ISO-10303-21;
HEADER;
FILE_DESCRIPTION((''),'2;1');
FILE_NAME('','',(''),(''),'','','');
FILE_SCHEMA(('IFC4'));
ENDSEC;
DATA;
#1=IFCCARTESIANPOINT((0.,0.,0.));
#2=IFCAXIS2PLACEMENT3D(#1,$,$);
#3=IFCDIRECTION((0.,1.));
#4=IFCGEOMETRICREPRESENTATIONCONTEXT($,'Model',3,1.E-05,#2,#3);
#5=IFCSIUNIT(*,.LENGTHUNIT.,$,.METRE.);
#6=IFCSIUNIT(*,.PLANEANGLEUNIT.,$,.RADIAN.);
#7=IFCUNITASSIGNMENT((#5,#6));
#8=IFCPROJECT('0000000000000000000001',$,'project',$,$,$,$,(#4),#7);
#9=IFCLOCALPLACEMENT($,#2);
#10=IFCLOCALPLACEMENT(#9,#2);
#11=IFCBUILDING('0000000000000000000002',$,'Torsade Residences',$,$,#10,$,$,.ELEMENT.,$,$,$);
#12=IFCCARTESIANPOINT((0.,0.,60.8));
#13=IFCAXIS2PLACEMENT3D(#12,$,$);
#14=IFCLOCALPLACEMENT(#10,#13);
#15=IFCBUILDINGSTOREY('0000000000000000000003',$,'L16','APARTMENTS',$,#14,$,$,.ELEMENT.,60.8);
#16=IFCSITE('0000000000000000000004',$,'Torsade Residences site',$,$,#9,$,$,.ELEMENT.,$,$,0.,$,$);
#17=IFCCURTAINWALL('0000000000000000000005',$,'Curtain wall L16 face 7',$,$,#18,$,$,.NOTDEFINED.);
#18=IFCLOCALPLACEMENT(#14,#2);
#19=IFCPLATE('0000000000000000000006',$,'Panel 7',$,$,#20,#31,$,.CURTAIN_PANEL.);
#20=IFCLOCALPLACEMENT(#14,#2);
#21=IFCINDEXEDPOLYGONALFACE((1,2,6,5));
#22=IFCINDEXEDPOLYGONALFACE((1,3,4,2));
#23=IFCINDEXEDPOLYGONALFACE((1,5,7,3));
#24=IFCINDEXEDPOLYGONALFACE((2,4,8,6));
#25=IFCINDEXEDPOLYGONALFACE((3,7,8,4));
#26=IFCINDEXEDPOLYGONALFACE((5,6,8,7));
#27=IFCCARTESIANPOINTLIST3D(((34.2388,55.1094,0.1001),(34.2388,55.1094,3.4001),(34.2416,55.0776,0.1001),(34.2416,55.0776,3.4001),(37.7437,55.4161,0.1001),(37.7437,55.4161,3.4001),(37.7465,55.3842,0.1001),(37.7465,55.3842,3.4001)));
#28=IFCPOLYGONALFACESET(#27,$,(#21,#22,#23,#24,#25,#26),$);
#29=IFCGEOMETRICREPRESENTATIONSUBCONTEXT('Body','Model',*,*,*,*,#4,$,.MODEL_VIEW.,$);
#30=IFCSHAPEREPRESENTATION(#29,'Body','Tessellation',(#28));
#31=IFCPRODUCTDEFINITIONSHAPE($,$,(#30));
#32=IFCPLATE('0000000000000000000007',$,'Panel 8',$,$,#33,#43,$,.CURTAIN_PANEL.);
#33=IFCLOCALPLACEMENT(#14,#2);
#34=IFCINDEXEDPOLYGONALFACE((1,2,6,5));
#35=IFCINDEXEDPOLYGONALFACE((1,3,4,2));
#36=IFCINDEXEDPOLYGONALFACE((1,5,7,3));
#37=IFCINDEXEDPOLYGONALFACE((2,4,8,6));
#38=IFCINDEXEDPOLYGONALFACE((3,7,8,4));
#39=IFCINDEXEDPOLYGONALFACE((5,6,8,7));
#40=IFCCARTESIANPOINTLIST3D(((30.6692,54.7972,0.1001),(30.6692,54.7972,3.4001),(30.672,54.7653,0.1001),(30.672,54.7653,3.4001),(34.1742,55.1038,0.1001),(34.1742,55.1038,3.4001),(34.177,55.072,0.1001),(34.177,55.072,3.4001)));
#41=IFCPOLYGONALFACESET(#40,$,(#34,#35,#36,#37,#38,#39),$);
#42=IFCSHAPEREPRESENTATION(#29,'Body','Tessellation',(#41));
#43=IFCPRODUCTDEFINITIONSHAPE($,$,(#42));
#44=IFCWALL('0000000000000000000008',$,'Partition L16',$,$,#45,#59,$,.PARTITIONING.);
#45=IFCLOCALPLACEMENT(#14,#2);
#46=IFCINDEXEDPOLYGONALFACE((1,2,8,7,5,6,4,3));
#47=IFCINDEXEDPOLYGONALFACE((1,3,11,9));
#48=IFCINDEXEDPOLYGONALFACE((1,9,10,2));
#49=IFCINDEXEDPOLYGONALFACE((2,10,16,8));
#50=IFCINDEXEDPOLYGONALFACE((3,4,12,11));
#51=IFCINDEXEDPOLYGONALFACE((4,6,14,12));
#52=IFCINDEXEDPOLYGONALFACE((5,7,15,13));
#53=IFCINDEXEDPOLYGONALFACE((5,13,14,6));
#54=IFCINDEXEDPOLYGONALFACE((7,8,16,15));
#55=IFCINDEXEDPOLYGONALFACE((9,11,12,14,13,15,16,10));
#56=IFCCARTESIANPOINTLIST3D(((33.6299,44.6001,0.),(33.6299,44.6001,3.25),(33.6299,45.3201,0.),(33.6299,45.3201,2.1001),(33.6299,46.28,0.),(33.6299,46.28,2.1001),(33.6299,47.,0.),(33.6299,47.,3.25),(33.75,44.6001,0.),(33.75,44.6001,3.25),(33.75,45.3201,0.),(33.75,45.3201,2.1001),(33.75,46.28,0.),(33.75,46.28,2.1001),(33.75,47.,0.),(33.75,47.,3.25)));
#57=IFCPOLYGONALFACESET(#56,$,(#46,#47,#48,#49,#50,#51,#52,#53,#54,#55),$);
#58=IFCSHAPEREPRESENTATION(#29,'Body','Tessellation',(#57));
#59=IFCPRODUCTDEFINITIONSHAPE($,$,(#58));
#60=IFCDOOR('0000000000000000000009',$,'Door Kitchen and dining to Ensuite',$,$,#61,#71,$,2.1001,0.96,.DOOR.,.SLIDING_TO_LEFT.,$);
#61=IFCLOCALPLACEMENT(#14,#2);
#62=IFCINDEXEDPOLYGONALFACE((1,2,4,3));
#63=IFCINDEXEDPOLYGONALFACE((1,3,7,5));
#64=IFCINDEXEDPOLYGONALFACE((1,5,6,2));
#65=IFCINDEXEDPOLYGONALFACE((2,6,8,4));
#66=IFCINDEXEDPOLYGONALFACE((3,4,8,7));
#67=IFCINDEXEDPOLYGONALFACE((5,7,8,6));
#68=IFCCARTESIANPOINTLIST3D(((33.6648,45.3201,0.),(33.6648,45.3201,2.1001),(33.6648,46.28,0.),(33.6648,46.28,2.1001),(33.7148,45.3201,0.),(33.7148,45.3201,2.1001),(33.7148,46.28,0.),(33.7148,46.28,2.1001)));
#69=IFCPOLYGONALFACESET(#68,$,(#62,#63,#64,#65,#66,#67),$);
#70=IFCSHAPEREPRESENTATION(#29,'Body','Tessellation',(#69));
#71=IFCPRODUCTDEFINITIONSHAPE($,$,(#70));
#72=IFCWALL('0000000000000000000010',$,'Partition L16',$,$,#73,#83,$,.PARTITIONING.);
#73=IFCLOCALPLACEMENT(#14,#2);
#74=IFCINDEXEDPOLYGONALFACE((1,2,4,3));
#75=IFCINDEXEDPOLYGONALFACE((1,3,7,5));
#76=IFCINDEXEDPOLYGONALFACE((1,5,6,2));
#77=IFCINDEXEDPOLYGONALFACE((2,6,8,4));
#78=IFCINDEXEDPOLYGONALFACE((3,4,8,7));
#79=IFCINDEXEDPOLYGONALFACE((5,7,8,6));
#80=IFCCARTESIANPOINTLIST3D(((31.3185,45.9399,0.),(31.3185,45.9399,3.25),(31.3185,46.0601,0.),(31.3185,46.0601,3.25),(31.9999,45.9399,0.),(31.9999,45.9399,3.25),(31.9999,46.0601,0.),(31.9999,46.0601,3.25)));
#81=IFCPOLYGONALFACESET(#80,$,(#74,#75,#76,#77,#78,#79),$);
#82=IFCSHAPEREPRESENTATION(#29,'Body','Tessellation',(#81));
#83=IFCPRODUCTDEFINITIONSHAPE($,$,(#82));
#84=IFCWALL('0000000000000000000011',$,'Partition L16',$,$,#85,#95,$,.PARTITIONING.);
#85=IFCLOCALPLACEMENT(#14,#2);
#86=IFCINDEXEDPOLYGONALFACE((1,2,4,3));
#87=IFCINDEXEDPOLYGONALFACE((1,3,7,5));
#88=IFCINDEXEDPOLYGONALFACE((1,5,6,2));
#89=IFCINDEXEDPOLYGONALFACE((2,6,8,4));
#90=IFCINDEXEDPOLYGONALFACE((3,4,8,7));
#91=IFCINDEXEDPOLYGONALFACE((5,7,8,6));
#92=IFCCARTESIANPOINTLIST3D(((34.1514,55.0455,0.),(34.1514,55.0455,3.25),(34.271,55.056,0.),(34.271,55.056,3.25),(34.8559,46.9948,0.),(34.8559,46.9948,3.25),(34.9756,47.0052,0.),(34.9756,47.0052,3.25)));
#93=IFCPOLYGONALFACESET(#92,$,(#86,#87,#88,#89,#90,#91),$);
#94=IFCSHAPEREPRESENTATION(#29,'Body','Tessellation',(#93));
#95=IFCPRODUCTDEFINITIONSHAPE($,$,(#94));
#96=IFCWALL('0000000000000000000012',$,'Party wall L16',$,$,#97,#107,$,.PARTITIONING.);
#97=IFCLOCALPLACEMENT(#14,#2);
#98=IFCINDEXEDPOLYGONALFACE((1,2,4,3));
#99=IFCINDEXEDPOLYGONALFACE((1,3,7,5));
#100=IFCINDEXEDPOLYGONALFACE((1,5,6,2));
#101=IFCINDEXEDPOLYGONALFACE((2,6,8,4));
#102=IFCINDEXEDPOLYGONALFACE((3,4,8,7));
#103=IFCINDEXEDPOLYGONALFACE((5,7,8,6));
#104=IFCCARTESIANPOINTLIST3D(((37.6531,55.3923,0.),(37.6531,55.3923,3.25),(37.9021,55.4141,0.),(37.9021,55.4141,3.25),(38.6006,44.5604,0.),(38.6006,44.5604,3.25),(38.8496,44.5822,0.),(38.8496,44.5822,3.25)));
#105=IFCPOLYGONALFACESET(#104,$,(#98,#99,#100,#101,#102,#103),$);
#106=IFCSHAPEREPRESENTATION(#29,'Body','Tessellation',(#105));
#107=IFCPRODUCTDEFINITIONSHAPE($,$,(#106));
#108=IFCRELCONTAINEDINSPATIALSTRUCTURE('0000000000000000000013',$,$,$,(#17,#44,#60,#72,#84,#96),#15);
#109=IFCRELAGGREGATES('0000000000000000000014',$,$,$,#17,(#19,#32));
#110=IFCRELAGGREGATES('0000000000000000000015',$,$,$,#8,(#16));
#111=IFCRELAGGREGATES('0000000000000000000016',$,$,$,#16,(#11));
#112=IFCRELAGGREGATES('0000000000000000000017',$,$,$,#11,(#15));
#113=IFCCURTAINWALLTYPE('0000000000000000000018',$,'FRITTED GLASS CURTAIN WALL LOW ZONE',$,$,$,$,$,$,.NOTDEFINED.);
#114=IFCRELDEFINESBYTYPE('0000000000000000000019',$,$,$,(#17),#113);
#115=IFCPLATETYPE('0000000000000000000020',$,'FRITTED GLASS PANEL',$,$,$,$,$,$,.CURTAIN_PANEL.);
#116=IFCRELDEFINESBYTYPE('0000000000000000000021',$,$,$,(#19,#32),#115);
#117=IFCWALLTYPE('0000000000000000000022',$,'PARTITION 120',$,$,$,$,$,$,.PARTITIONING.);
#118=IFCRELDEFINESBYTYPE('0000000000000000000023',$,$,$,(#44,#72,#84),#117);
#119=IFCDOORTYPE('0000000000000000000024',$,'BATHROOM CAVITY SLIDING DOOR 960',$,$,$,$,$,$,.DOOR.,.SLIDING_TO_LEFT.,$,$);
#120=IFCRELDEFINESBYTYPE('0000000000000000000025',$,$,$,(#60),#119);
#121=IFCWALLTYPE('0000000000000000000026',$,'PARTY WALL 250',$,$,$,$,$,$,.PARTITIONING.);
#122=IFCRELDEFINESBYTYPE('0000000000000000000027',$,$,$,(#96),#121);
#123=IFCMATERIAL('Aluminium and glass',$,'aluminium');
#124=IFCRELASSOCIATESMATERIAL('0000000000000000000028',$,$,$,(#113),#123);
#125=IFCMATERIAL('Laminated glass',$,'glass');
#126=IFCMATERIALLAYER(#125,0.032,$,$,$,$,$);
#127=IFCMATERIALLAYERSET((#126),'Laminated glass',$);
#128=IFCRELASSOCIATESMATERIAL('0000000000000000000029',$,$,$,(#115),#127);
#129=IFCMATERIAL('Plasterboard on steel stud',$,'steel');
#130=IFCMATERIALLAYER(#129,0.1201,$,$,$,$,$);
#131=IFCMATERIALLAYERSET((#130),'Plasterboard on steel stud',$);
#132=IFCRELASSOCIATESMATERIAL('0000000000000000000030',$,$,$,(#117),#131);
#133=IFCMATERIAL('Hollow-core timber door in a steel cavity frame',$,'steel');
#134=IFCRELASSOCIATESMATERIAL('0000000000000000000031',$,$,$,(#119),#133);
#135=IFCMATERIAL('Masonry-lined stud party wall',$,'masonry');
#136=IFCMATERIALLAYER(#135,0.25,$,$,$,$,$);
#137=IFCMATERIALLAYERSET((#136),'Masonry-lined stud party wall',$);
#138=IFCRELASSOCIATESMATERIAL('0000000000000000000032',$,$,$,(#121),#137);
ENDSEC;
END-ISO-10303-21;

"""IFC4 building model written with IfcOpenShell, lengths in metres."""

from ifc_helpers import new_model, si_unit, direction, frame, frame_2d, origin, origin_2d, place, context, subcontext, project, spatial, rectangle, extrude, material, layer, layer_set, type_object, element, fill, aggregate, save


model = new_model("IFC4")

# Units and contexts
model_context = context("Model", 3, precision=1e-05, world=origin(), true_north=direction((0.0, 1.0)))
body_context = subcontext(model_context, "Body", "Model", "MODEL_VIEW")
ifc_project = project(units=[si_unit("LENGTHUNIT", "METRE"), si_unit("PLANEANGLEUNIT", "RADIAN")], contexts=[model_context])

# Site, building, storey
site_placement = place(None, origin())
site = spatial("IfcSite", under=ifc_project, at=site_placement, Name="Torsade Residences site", CompositionType="ELEMENT", RefElevation=0.0)
building_placement = place(site_placement, origin())
building = spatial("IfcBuilding", under=site, at=building_placement, Name="Torsade Residences", CompositionType="ELEMENT")
storey_placement = place(building_placement, frame((0.0, 0.0, 60.8)))
storey = spatial("IfcBuildingStorey", under=building, at=storey_placement, Name="L16", Description="APARTMENTS", CompositionType="ELEMENT", Elevation=60.8)

# Curtain wall
ifc_material_1 = material(Name="Aluminium and glass", Category="aluminium")
curtain_wall_type = type_object("IfcCurtainWallType", Name="FRITTED GLASS CURTAIN WALL LOW ZONE", PredefinedType="NOTDEFINED", material=ifc_material_1)
curtain_wall_placement = place(storey_placement, origin())
curtain_wall = element("IfcCurtainWall", 1, at=curtain_wall_placement, inside=storey, type_object=curtain_wall_type, Name="Curtain wall L16 face 7", PredefinedType="NOTDEFINED")

# Plates
ifc_material_2 = material(Name="Laminated glass", Category="glass")
ifc_layer_1 = layer(ifc_material_2, 0.032)
ifc_layer_set_1 = layer_set([ifc_layer_1], Name="Laminated glass")
plate_type = type_object("IfcPlateType", Name="FRITTED GLASS PANEL", PredefinedType="CURTAIN_PANEL", material=ifc_layer_set_1)
plate_1_placement = place(storey_placement, frame((35.9927, 55.2468, 0.1001), z_axis=(0.0, 0.0, 1.0), x_axis=(-0.996195, -0.087156, 0.0)))
plate_1 = element("IfcPlate", 2, at=plate_1_placement, type_object=plate_type, Name="Panel 7", PredefinedType="CURTAIN_PANEL", context=body_context, shape_type="SweptSolid", body=[
    extrude(rectangle(XDim=3.5183, YDim=0.032, at=origin_2d()), origin(), (0.0, 0.0, 1.0), 3.3),
])
plate_2_placement = place(storey_placement, frame((32.4231, 54.9346, 0.1001), z_axis=(0.0, 0.0, 1.0), x_axis=(-0.996195, -0.087156, 0.0)))
plate_2 = element("IfcPlate", 3, at=plate_2_placement, type_object=plate_type, Name="Panel 8", PredefinedType="CURTAIN_PANEL", context=body_context, shape_type="SweptSolid", body=[
    extrude(rectangle(XDim=3.5183, YDim=0.032, at=origin_2d()), origin(), (0.0, 0.0, 1.0), 3.3),
])
aggregate(curtain_wall, [plate_1, plate_2])

# Wall, opening, door
ifc_material_3 = material(Name="Plasterboard on steel stud", Category="steel")
ifc_layer_2 = layer(ifc_material_3, 0.1201)
ifc_layer_set_2 = layer_set([ifc_layer_2], Name="Plasterboard on steel stud")
wall_type_1 = type_object("IfcWallType", Name="PARTITION 120", PredefinedType="PARTITIONING", material=ifc_layer_set_2)
wall_1_placement = place(storey_placement, frame((33.6899, 47.0, 0.0), z_axis=(0.0, 0.0, 1.0), x_axis=(0.0, -1.0, 0.0)))
wall_1 = element("IfcWall", 4, at=wall_1_placement, inside=storey, type_object=wall_type_1, Name="Partition L16", PredefinedType="PARTITIONING", context=body_context, shape_type="SweptSolid", body=[
    extrude(rectangle(XDim=2.3999, YDim=0.1201, at=frame_2d((1.2, 0.0))), origin(), (0.0, 0.0, 1.0), 3.25),
])
opening_placement = place(wall_1_placement, frame((0.72, 0.0, 0.0)))
opening = element("IfcOpeningElement", 5, at=opening_placement, cuts=wall_1, PredefinedType="OPENING", context=body_context, shape_type="SweptSolid", body=[
    extrude(rectangle(XDim=0.96, YDim=2.1001, at=frame_2d((0.48, 1.05))), frame((0.0, 0.0701, 0.0), z_axis=(0.0, -1.0, 0.0), x_axis=(1.0, 0.0, 0.0)), (0.0, 0.0, 1.0), 0.1401),
])
ifc_material_4 = material(Name="Hollow-core timber door in a steel cavity frame", Category="steel")
door_type = type_object("IfcDoorType", Name="BATHROOM CAVITY SLIDING DOOR 960", OperationType="SLIDING_TO_LEFT", PredefinedType="DOOR", material=ifc_material_4)
door_placement = place(opening_placement, origin())
door = element("IfcDoor", 6, at=door_placement, inside=storey, type_object=door_type, Name="Door Kitchen and dining to Ensuite", OperationType="SLIDING_TO_LEFT", OverallHeight=2.1001, OverallWidth=0.96, PredefinedType="DOOR", context=body_context, shape_type="SweptSolid", body=[
    extrude(rectangle(XDim=0.96, YDim=2.1001, at=frame_2d((0.48, 1.05))), frame((0.0, 0.0249, 0.0), z_axis=(0.0, -1.0, 0.0), x_axis=(1.0, 0.0, 0.0)), (0.0, 0.0, 1.0), 0.05),
])
fill(opening, door)

# Walls
wall_2_placement = place(storey_placement, frame((32.0, 46.0, 0.0), z_axis=(0.0, 0.0, 1.0), x_axis=(-1.0, 0.0, 0.0)))
element("IfcWall", 7, at=wall_2_placement, inside=storey, type_object=wall_type_1, Name="Partition L16", PredefinedType="PARTITIONING", context=body_context, shape_type="SweptSolid", body=[
    extrude(rectangle(XDim=0.6814, YDim=0.1201, at=frame_2d((0.3408, 0.0))), origin(), (0.0, 0.0, 1.0), 3.25),
])
wall_3_placement = place(storey_placement, frame((34.9158, 47.0, 0.0), z_axis=(0.0, 0.0, 1.0), x_axis=(-0.087185, 0.996192, 0.0)))
element("IfcWall", 8, at=wall_3_placement, inside=storey, type_object=wall_type_1, Name="Partition L16", PredefinedType="PARTITIONING", context=body_context, shape_type="SweptSolid", body=[
    extrude(rectangle(XDim=8.0815, YDim=0.1201, at=frame_2d((4.0408, 0.0))), origin(), (0.0, 0.0, 1.0), 3.25),
])
ifc_material_5 = material(Name="Masonry-lined stud party wall", Category="masonry")
ifc_layer_3 = layer(ifc_material_5, 0.25)
ifc_layer_set_3 = layer_set([ifc_layer_3], Name="Masonry-lined stud party wall")
wall_type_2 = type_object("IfcWallType", Name="PARTY WALL 250", PredefinedType="PARTITIONING", material=ifc_layer_set_3)
wall_4_placement = place(storey_placement, frame((37.7776, 55.4031, 0.0), z_axis=(0.0, 0.0, 1.0), x_axis=(0.08714, -0.996196, 0.0)))
element("IfcWall", 9, at=wall_4_placement, inside=storey, type_object=wall_type_2, Name="Party wall L16", PredefinedType="PARTITIONING", context=body_context, shape_type="SweptSolid", body=[
    extrude(rectangle(XDim=10.8733, YDim=0.25, at=frame_2d((5.4365, 0.0))), origin(), (0.0, 0.0, 1.0), 3.25),
])

save(model, "model.ifc")
